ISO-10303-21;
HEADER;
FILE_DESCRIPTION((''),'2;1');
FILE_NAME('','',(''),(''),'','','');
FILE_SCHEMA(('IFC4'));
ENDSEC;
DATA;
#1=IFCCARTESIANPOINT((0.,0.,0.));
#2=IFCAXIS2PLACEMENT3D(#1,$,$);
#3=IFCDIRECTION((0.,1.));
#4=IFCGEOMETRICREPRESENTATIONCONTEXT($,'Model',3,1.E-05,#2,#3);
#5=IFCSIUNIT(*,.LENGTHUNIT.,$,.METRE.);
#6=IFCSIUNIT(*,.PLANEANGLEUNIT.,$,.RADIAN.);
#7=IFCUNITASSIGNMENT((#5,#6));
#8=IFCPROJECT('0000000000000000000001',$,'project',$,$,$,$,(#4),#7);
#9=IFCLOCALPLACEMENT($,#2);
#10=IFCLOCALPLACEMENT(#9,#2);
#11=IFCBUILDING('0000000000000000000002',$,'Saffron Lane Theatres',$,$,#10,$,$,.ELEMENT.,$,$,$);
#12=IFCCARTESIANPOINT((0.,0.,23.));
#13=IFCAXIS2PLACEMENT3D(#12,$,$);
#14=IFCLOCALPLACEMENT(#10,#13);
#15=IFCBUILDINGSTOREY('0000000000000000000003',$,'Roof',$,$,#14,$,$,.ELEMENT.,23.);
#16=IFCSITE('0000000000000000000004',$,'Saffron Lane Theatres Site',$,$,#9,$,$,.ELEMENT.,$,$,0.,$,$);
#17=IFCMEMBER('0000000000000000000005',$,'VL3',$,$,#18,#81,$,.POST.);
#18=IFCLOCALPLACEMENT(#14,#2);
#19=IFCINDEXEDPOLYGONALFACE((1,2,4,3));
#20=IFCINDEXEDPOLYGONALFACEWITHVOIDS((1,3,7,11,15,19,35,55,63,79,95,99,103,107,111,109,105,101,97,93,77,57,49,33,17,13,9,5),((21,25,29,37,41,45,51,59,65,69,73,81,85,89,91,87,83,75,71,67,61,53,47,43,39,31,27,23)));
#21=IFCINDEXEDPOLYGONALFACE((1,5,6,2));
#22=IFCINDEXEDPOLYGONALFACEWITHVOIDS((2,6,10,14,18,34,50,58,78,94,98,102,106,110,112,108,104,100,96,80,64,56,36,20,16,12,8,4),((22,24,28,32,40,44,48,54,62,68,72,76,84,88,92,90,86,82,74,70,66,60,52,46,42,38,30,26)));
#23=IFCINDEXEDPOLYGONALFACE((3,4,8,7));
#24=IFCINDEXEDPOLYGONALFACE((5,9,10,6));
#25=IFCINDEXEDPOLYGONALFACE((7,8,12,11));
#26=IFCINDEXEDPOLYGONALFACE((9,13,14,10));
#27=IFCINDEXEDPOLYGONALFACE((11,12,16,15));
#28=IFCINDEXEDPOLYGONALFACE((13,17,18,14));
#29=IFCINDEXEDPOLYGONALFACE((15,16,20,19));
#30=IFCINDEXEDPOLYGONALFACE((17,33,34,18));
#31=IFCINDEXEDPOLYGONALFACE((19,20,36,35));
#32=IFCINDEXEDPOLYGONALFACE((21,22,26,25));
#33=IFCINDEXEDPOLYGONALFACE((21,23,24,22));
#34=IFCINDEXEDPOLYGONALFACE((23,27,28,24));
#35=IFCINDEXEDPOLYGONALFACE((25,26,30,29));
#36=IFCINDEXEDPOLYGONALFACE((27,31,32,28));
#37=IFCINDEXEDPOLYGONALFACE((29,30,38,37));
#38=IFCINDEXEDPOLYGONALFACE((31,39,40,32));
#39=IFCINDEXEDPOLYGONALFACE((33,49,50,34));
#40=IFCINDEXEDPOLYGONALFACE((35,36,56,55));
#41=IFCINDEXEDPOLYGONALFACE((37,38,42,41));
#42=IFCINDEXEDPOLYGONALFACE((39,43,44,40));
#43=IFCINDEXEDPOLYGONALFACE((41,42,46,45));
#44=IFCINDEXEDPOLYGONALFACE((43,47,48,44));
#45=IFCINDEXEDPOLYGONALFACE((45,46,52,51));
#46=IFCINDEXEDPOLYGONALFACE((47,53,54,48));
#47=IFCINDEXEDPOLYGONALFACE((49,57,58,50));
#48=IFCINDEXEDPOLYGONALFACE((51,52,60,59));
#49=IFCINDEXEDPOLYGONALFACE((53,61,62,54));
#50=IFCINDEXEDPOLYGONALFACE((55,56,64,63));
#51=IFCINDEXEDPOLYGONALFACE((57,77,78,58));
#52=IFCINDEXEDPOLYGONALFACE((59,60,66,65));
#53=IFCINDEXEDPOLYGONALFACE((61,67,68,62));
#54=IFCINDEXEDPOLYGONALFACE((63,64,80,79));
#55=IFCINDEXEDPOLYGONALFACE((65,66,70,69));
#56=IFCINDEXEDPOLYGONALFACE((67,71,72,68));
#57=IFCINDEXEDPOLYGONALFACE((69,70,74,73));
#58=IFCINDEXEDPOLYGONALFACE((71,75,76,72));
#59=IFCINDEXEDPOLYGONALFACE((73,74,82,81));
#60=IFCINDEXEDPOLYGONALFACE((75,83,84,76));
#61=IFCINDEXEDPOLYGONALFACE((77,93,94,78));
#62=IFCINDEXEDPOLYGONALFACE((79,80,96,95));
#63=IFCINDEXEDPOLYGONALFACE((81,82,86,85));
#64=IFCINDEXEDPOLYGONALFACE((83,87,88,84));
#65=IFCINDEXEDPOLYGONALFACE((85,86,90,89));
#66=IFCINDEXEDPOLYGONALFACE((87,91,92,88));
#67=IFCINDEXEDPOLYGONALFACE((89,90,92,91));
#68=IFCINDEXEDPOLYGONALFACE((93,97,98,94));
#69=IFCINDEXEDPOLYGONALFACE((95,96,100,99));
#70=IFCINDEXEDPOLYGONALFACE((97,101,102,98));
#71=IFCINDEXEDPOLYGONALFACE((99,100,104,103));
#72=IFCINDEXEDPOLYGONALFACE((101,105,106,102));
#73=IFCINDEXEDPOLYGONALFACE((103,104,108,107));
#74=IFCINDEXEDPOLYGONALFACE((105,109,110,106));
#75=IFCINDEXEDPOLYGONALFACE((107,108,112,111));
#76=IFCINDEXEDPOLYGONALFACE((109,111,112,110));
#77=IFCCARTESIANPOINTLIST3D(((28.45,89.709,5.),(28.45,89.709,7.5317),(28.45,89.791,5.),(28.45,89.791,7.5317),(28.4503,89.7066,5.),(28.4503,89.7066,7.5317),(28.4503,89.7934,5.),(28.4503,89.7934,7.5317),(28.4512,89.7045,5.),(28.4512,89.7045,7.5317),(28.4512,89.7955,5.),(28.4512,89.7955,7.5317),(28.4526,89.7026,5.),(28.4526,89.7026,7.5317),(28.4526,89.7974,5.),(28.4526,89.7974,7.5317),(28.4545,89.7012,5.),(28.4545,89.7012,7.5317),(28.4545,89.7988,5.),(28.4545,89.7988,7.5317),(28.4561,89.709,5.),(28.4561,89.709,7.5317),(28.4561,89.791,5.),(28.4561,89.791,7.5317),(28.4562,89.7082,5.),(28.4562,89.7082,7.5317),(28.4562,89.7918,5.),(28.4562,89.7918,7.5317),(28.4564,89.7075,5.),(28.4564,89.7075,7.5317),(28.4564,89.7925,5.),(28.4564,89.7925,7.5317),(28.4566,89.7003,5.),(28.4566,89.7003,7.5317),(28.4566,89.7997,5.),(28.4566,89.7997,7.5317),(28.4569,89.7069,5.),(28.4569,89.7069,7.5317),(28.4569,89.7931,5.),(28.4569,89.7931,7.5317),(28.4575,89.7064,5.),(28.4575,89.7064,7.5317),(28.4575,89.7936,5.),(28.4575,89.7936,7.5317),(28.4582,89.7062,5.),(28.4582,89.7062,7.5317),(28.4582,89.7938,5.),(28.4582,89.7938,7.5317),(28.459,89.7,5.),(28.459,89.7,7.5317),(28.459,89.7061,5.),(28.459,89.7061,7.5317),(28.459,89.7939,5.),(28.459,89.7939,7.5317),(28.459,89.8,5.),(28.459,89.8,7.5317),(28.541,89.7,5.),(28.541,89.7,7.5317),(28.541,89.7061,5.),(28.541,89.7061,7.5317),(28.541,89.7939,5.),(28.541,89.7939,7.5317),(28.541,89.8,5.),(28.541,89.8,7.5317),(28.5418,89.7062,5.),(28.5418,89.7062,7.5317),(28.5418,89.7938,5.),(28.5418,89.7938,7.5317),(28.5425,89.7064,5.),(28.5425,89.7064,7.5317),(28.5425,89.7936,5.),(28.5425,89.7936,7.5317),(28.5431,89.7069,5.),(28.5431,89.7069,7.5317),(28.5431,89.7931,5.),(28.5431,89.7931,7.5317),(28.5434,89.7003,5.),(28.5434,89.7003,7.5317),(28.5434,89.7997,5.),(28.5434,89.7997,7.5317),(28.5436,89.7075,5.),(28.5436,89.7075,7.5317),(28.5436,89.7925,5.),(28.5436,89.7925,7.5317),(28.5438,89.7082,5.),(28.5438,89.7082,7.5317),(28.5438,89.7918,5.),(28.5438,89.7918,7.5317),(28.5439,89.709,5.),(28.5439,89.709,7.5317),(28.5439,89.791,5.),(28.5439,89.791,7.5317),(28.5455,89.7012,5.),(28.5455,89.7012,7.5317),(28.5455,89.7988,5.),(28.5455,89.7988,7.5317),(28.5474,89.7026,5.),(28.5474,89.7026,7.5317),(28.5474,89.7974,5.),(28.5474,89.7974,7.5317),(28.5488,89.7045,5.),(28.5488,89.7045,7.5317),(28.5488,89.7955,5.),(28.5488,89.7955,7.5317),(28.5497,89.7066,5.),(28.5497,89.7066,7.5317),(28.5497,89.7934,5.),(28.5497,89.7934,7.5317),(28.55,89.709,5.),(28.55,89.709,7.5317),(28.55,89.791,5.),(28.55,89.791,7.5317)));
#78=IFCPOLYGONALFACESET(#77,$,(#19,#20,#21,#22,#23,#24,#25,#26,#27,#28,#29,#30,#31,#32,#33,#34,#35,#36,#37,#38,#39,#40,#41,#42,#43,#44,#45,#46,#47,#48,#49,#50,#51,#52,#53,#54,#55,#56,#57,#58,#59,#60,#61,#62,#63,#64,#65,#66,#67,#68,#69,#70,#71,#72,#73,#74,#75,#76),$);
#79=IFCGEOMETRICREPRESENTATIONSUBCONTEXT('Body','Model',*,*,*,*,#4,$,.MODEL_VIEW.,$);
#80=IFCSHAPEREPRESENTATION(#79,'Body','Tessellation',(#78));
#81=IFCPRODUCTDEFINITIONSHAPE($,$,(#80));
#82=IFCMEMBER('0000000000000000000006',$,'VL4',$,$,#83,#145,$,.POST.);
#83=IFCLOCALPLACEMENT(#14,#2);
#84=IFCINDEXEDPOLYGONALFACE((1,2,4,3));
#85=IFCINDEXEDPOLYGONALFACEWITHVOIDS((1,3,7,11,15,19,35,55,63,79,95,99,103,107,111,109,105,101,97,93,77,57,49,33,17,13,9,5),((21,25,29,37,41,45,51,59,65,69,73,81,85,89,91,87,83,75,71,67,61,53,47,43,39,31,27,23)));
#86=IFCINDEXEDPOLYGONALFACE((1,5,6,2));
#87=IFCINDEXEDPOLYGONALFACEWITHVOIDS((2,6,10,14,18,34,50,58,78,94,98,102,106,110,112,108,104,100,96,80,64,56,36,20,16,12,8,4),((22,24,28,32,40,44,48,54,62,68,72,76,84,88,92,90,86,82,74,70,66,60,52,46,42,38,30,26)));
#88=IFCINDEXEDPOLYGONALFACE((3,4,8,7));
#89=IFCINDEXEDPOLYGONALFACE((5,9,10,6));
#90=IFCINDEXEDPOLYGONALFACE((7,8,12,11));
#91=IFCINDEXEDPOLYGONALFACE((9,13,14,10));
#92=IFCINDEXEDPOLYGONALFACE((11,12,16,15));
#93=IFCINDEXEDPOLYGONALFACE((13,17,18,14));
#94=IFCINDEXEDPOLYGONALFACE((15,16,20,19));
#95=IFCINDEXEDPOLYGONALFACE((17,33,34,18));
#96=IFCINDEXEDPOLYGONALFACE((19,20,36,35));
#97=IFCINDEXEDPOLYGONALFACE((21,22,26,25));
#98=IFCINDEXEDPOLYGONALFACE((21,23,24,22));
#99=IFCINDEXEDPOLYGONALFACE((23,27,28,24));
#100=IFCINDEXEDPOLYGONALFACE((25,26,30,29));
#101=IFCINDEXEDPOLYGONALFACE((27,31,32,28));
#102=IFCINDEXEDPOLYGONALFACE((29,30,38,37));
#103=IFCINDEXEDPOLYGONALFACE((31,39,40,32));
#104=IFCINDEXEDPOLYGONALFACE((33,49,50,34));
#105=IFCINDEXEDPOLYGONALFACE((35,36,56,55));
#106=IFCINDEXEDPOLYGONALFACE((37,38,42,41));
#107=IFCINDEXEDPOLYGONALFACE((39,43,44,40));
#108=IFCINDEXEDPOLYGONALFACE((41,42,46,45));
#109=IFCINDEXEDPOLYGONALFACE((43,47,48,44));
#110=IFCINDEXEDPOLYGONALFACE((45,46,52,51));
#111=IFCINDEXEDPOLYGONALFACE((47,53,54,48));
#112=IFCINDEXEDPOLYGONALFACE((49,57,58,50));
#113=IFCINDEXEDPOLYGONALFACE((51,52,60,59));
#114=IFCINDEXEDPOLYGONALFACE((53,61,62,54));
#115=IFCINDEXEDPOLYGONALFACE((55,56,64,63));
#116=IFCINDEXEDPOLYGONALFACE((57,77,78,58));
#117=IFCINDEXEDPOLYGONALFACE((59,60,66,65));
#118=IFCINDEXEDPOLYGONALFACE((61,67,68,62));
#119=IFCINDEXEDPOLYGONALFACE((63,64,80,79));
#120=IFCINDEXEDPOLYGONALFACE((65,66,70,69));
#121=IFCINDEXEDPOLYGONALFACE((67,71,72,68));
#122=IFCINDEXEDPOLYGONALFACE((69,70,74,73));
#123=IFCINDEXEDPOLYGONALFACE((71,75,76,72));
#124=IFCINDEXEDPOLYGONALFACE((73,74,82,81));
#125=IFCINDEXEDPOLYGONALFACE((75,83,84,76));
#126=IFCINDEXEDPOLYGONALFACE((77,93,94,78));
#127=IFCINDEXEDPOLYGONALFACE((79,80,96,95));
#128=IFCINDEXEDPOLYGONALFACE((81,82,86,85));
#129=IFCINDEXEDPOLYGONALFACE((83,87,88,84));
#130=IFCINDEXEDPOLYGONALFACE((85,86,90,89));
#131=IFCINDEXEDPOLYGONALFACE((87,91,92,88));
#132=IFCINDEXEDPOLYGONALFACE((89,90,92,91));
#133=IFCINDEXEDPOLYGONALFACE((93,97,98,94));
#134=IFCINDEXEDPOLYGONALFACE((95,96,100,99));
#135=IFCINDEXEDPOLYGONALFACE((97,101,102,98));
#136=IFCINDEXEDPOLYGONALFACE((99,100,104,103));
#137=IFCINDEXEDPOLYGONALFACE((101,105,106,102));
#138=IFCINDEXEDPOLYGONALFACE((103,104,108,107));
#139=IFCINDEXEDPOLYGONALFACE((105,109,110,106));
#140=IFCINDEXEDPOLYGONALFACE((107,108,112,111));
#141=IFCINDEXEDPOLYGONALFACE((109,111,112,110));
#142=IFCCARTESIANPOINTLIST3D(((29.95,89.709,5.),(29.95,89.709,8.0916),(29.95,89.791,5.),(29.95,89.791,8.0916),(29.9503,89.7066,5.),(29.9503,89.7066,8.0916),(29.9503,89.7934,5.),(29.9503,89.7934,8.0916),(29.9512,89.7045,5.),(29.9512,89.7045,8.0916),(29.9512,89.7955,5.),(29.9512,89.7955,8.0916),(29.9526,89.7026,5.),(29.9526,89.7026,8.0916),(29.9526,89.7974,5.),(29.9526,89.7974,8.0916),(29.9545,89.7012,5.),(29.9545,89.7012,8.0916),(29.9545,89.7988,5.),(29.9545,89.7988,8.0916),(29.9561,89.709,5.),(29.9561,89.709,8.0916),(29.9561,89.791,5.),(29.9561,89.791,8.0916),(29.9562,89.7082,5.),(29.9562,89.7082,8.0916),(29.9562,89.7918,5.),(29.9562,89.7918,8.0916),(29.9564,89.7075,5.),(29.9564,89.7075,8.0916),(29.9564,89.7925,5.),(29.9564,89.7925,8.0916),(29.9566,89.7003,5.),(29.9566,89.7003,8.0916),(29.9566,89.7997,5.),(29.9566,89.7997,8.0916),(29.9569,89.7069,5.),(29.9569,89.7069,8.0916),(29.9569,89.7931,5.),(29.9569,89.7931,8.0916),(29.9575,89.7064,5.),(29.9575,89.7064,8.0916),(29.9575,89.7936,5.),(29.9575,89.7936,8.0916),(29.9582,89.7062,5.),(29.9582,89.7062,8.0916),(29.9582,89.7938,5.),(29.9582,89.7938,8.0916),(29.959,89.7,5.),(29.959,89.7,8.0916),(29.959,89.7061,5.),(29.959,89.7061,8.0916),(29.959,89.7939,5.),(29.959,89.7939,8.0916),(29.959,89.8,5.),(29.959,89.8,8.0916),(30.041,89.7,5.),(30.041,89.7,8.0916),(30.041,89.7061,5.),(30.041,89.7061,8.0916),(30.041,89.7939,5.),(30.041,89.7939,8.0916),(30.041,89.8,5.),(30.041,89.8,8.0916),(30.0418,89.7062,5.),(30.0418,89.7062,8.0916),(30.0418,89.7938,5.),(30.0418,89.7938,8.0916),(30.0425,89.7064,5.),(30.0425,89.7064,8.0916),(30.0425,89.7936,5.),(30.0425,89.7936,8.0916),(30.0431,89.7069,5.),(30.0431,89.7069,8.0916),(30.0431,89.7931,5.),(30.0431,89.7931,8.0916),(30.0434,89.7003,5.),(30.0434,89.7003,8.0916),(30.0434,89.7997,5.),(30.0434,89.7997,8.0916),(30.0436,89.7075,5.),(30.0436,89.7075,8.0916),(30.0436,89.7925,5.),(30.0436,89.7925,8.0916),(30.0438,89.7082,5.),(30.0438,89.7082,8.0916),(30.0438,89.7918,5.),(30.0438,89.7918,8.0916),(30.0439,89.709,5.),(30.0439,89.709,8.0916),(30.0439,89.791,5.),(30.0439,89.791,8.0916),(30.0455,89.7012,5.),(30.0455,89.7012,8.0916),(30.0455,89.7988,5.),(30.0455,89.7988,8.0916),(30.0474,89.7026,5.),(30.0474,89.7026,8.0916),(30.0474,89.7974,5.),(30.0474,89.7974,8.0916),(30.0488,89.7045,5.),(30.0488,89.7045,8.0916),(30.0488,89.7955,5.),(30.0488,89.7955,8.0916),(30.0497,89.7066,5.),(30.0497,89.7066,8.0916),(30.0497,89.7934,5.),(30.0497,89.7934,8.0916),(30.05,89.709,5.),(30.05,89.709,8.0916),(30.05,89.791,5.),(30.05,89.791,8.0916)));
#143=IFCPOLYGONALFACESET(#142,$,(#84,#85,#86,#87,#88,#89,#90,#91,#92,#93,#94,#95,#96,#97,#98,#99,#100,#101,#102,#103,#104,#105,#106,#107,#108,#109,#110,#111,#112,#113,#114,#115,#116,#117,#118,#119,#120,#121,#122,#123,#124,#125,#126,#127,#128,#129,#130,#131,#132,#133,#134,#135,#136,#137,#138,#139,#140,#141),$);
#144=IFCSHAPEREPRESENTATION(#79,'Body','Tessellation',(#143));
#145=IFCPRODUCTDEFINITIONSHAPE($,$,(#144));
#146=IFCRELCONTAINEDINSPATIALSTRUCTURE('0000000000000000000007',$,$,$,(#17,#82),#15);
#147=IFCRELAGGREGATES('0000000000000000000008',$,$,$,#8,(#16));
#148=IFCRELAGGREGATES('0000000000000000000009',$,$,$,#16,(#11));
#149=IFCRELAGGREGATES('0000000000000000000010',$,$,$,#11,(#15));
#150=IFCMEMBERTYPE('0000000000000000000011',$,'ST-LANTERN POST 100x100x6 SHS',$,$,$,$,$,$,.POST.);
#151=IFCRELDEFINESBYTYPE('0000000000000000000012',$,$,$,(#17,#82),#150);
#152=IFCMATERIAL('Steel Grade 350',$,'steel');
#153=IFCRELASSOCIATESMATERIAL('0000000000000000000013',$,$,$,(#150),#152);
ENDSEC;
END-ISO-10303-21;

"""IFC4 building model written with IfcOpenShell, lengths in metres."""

from ifc_helpers import new_model, si_unit, direction, frame, origin, origin_2d, place, context, subcontext, project, spatial, hollow_rectangle, extrude, material, material_profile, profile_set, type_object, element, save


model = new_model("IFC4")

# Units and contexts
model_context = context("Model", 3, precision=1e-05, world=origin(), true_north=direction((0.0, 1.0)))
body_context = subcontext(model_context, "Body", "Model", "MODEL_VIEW")
ifc_project = project(units=[si_unit("LENGTHUNIT", "METRE"), si_unit("PLANEANGLEUNIT", "RADIAN")], contexts=[model_context])

# Site, building, storey
site_placement = place(None, origin())
site = spatial("IfcSite", under=ifc_project, at=site_placement, Name="Saffron Lane Theatres Site", CompositionType="ELEMENT", RefElevation=0.0)
building_placement = place(site_placement, origin())
building = spatial("IfcBuilding", under=site, at=building_placement, Name="Saffron Lane Theatres", CompositionType="ELEMENT")
storey_placement = place(building_placement, frame((0.0, 0.0, 23.0)))
storey = spatial("IfcBuildingStorey", under=building, at=storey_placement, Name="Roof", CompositionType="ELEMENT", Elevation=23.0)

# Members
ifc_material_1 = material(Name="Steel Grade 350", Category="steel")
ifc_material_profile_1 = material_profile(ifc_material_1, hollow_rectangle(XDim=0.1001, YDim=0.1001, WallThickness=0.0061, InnerFilletRadius=0.0029, OuterFilletRadius=0.009, at=origin_2d()))
ifc_profile_set_1 = profile_set([ifc_material_profile_1], Name="Steel Grade 350")
member_type_1 = type_object("IfcMemberType", Name="ST-LANTERN POST 100x100x6 SHS", PredefinedType="POST", material=ifc_profile_set_1)
member_1_placement = place(storey_placement, frame((28.5, 89.75, 5.0), z_axis=(0.0, 0.0, 1.0), x_axis=(1.0, 0.0, 0.0)))
element("IfcMember", 1, at=member_1_placement, inside=storey, type_object=member_type_1, Name="VL3", PredefinedType="POST", context=body_context, shape_type="SweptSolid", body=[
    extrude(hollow_rectangle(XDim=0.1001, YDim=0.1001, WallThickness=0.0061, InnerFilletRadius=0.0029, OuterFilletRadius=0.009, at=origin_2d()), origin(), (0.0, 0.0, 1.0), 2.5317),
])
member_2_placement = place(storey_placement, frame((30.0, 89.75, 5.0), z_axis=(0.0, 0.0, 1.0), x_axis=(1.0, 0.0, 0.0)))
element("IfcMember", 2, at=member_2_placement, inside=storey, type_object=member_type_1, Name="VL4", PredefinedType="POST", context=body_context, shape_type="SweptSolid", body=[
    extrude(hollow_rectangle(XDim=0.1001, YDim=0.1001, WallThickness=0.0061, InnerFilletRadius=0.0029, OuterFilletRadius=0.009, at=origin_2d()), origin(), (0.0, 0.0, 1.0), 3.0916),
])

save(model, "model.ifc")
